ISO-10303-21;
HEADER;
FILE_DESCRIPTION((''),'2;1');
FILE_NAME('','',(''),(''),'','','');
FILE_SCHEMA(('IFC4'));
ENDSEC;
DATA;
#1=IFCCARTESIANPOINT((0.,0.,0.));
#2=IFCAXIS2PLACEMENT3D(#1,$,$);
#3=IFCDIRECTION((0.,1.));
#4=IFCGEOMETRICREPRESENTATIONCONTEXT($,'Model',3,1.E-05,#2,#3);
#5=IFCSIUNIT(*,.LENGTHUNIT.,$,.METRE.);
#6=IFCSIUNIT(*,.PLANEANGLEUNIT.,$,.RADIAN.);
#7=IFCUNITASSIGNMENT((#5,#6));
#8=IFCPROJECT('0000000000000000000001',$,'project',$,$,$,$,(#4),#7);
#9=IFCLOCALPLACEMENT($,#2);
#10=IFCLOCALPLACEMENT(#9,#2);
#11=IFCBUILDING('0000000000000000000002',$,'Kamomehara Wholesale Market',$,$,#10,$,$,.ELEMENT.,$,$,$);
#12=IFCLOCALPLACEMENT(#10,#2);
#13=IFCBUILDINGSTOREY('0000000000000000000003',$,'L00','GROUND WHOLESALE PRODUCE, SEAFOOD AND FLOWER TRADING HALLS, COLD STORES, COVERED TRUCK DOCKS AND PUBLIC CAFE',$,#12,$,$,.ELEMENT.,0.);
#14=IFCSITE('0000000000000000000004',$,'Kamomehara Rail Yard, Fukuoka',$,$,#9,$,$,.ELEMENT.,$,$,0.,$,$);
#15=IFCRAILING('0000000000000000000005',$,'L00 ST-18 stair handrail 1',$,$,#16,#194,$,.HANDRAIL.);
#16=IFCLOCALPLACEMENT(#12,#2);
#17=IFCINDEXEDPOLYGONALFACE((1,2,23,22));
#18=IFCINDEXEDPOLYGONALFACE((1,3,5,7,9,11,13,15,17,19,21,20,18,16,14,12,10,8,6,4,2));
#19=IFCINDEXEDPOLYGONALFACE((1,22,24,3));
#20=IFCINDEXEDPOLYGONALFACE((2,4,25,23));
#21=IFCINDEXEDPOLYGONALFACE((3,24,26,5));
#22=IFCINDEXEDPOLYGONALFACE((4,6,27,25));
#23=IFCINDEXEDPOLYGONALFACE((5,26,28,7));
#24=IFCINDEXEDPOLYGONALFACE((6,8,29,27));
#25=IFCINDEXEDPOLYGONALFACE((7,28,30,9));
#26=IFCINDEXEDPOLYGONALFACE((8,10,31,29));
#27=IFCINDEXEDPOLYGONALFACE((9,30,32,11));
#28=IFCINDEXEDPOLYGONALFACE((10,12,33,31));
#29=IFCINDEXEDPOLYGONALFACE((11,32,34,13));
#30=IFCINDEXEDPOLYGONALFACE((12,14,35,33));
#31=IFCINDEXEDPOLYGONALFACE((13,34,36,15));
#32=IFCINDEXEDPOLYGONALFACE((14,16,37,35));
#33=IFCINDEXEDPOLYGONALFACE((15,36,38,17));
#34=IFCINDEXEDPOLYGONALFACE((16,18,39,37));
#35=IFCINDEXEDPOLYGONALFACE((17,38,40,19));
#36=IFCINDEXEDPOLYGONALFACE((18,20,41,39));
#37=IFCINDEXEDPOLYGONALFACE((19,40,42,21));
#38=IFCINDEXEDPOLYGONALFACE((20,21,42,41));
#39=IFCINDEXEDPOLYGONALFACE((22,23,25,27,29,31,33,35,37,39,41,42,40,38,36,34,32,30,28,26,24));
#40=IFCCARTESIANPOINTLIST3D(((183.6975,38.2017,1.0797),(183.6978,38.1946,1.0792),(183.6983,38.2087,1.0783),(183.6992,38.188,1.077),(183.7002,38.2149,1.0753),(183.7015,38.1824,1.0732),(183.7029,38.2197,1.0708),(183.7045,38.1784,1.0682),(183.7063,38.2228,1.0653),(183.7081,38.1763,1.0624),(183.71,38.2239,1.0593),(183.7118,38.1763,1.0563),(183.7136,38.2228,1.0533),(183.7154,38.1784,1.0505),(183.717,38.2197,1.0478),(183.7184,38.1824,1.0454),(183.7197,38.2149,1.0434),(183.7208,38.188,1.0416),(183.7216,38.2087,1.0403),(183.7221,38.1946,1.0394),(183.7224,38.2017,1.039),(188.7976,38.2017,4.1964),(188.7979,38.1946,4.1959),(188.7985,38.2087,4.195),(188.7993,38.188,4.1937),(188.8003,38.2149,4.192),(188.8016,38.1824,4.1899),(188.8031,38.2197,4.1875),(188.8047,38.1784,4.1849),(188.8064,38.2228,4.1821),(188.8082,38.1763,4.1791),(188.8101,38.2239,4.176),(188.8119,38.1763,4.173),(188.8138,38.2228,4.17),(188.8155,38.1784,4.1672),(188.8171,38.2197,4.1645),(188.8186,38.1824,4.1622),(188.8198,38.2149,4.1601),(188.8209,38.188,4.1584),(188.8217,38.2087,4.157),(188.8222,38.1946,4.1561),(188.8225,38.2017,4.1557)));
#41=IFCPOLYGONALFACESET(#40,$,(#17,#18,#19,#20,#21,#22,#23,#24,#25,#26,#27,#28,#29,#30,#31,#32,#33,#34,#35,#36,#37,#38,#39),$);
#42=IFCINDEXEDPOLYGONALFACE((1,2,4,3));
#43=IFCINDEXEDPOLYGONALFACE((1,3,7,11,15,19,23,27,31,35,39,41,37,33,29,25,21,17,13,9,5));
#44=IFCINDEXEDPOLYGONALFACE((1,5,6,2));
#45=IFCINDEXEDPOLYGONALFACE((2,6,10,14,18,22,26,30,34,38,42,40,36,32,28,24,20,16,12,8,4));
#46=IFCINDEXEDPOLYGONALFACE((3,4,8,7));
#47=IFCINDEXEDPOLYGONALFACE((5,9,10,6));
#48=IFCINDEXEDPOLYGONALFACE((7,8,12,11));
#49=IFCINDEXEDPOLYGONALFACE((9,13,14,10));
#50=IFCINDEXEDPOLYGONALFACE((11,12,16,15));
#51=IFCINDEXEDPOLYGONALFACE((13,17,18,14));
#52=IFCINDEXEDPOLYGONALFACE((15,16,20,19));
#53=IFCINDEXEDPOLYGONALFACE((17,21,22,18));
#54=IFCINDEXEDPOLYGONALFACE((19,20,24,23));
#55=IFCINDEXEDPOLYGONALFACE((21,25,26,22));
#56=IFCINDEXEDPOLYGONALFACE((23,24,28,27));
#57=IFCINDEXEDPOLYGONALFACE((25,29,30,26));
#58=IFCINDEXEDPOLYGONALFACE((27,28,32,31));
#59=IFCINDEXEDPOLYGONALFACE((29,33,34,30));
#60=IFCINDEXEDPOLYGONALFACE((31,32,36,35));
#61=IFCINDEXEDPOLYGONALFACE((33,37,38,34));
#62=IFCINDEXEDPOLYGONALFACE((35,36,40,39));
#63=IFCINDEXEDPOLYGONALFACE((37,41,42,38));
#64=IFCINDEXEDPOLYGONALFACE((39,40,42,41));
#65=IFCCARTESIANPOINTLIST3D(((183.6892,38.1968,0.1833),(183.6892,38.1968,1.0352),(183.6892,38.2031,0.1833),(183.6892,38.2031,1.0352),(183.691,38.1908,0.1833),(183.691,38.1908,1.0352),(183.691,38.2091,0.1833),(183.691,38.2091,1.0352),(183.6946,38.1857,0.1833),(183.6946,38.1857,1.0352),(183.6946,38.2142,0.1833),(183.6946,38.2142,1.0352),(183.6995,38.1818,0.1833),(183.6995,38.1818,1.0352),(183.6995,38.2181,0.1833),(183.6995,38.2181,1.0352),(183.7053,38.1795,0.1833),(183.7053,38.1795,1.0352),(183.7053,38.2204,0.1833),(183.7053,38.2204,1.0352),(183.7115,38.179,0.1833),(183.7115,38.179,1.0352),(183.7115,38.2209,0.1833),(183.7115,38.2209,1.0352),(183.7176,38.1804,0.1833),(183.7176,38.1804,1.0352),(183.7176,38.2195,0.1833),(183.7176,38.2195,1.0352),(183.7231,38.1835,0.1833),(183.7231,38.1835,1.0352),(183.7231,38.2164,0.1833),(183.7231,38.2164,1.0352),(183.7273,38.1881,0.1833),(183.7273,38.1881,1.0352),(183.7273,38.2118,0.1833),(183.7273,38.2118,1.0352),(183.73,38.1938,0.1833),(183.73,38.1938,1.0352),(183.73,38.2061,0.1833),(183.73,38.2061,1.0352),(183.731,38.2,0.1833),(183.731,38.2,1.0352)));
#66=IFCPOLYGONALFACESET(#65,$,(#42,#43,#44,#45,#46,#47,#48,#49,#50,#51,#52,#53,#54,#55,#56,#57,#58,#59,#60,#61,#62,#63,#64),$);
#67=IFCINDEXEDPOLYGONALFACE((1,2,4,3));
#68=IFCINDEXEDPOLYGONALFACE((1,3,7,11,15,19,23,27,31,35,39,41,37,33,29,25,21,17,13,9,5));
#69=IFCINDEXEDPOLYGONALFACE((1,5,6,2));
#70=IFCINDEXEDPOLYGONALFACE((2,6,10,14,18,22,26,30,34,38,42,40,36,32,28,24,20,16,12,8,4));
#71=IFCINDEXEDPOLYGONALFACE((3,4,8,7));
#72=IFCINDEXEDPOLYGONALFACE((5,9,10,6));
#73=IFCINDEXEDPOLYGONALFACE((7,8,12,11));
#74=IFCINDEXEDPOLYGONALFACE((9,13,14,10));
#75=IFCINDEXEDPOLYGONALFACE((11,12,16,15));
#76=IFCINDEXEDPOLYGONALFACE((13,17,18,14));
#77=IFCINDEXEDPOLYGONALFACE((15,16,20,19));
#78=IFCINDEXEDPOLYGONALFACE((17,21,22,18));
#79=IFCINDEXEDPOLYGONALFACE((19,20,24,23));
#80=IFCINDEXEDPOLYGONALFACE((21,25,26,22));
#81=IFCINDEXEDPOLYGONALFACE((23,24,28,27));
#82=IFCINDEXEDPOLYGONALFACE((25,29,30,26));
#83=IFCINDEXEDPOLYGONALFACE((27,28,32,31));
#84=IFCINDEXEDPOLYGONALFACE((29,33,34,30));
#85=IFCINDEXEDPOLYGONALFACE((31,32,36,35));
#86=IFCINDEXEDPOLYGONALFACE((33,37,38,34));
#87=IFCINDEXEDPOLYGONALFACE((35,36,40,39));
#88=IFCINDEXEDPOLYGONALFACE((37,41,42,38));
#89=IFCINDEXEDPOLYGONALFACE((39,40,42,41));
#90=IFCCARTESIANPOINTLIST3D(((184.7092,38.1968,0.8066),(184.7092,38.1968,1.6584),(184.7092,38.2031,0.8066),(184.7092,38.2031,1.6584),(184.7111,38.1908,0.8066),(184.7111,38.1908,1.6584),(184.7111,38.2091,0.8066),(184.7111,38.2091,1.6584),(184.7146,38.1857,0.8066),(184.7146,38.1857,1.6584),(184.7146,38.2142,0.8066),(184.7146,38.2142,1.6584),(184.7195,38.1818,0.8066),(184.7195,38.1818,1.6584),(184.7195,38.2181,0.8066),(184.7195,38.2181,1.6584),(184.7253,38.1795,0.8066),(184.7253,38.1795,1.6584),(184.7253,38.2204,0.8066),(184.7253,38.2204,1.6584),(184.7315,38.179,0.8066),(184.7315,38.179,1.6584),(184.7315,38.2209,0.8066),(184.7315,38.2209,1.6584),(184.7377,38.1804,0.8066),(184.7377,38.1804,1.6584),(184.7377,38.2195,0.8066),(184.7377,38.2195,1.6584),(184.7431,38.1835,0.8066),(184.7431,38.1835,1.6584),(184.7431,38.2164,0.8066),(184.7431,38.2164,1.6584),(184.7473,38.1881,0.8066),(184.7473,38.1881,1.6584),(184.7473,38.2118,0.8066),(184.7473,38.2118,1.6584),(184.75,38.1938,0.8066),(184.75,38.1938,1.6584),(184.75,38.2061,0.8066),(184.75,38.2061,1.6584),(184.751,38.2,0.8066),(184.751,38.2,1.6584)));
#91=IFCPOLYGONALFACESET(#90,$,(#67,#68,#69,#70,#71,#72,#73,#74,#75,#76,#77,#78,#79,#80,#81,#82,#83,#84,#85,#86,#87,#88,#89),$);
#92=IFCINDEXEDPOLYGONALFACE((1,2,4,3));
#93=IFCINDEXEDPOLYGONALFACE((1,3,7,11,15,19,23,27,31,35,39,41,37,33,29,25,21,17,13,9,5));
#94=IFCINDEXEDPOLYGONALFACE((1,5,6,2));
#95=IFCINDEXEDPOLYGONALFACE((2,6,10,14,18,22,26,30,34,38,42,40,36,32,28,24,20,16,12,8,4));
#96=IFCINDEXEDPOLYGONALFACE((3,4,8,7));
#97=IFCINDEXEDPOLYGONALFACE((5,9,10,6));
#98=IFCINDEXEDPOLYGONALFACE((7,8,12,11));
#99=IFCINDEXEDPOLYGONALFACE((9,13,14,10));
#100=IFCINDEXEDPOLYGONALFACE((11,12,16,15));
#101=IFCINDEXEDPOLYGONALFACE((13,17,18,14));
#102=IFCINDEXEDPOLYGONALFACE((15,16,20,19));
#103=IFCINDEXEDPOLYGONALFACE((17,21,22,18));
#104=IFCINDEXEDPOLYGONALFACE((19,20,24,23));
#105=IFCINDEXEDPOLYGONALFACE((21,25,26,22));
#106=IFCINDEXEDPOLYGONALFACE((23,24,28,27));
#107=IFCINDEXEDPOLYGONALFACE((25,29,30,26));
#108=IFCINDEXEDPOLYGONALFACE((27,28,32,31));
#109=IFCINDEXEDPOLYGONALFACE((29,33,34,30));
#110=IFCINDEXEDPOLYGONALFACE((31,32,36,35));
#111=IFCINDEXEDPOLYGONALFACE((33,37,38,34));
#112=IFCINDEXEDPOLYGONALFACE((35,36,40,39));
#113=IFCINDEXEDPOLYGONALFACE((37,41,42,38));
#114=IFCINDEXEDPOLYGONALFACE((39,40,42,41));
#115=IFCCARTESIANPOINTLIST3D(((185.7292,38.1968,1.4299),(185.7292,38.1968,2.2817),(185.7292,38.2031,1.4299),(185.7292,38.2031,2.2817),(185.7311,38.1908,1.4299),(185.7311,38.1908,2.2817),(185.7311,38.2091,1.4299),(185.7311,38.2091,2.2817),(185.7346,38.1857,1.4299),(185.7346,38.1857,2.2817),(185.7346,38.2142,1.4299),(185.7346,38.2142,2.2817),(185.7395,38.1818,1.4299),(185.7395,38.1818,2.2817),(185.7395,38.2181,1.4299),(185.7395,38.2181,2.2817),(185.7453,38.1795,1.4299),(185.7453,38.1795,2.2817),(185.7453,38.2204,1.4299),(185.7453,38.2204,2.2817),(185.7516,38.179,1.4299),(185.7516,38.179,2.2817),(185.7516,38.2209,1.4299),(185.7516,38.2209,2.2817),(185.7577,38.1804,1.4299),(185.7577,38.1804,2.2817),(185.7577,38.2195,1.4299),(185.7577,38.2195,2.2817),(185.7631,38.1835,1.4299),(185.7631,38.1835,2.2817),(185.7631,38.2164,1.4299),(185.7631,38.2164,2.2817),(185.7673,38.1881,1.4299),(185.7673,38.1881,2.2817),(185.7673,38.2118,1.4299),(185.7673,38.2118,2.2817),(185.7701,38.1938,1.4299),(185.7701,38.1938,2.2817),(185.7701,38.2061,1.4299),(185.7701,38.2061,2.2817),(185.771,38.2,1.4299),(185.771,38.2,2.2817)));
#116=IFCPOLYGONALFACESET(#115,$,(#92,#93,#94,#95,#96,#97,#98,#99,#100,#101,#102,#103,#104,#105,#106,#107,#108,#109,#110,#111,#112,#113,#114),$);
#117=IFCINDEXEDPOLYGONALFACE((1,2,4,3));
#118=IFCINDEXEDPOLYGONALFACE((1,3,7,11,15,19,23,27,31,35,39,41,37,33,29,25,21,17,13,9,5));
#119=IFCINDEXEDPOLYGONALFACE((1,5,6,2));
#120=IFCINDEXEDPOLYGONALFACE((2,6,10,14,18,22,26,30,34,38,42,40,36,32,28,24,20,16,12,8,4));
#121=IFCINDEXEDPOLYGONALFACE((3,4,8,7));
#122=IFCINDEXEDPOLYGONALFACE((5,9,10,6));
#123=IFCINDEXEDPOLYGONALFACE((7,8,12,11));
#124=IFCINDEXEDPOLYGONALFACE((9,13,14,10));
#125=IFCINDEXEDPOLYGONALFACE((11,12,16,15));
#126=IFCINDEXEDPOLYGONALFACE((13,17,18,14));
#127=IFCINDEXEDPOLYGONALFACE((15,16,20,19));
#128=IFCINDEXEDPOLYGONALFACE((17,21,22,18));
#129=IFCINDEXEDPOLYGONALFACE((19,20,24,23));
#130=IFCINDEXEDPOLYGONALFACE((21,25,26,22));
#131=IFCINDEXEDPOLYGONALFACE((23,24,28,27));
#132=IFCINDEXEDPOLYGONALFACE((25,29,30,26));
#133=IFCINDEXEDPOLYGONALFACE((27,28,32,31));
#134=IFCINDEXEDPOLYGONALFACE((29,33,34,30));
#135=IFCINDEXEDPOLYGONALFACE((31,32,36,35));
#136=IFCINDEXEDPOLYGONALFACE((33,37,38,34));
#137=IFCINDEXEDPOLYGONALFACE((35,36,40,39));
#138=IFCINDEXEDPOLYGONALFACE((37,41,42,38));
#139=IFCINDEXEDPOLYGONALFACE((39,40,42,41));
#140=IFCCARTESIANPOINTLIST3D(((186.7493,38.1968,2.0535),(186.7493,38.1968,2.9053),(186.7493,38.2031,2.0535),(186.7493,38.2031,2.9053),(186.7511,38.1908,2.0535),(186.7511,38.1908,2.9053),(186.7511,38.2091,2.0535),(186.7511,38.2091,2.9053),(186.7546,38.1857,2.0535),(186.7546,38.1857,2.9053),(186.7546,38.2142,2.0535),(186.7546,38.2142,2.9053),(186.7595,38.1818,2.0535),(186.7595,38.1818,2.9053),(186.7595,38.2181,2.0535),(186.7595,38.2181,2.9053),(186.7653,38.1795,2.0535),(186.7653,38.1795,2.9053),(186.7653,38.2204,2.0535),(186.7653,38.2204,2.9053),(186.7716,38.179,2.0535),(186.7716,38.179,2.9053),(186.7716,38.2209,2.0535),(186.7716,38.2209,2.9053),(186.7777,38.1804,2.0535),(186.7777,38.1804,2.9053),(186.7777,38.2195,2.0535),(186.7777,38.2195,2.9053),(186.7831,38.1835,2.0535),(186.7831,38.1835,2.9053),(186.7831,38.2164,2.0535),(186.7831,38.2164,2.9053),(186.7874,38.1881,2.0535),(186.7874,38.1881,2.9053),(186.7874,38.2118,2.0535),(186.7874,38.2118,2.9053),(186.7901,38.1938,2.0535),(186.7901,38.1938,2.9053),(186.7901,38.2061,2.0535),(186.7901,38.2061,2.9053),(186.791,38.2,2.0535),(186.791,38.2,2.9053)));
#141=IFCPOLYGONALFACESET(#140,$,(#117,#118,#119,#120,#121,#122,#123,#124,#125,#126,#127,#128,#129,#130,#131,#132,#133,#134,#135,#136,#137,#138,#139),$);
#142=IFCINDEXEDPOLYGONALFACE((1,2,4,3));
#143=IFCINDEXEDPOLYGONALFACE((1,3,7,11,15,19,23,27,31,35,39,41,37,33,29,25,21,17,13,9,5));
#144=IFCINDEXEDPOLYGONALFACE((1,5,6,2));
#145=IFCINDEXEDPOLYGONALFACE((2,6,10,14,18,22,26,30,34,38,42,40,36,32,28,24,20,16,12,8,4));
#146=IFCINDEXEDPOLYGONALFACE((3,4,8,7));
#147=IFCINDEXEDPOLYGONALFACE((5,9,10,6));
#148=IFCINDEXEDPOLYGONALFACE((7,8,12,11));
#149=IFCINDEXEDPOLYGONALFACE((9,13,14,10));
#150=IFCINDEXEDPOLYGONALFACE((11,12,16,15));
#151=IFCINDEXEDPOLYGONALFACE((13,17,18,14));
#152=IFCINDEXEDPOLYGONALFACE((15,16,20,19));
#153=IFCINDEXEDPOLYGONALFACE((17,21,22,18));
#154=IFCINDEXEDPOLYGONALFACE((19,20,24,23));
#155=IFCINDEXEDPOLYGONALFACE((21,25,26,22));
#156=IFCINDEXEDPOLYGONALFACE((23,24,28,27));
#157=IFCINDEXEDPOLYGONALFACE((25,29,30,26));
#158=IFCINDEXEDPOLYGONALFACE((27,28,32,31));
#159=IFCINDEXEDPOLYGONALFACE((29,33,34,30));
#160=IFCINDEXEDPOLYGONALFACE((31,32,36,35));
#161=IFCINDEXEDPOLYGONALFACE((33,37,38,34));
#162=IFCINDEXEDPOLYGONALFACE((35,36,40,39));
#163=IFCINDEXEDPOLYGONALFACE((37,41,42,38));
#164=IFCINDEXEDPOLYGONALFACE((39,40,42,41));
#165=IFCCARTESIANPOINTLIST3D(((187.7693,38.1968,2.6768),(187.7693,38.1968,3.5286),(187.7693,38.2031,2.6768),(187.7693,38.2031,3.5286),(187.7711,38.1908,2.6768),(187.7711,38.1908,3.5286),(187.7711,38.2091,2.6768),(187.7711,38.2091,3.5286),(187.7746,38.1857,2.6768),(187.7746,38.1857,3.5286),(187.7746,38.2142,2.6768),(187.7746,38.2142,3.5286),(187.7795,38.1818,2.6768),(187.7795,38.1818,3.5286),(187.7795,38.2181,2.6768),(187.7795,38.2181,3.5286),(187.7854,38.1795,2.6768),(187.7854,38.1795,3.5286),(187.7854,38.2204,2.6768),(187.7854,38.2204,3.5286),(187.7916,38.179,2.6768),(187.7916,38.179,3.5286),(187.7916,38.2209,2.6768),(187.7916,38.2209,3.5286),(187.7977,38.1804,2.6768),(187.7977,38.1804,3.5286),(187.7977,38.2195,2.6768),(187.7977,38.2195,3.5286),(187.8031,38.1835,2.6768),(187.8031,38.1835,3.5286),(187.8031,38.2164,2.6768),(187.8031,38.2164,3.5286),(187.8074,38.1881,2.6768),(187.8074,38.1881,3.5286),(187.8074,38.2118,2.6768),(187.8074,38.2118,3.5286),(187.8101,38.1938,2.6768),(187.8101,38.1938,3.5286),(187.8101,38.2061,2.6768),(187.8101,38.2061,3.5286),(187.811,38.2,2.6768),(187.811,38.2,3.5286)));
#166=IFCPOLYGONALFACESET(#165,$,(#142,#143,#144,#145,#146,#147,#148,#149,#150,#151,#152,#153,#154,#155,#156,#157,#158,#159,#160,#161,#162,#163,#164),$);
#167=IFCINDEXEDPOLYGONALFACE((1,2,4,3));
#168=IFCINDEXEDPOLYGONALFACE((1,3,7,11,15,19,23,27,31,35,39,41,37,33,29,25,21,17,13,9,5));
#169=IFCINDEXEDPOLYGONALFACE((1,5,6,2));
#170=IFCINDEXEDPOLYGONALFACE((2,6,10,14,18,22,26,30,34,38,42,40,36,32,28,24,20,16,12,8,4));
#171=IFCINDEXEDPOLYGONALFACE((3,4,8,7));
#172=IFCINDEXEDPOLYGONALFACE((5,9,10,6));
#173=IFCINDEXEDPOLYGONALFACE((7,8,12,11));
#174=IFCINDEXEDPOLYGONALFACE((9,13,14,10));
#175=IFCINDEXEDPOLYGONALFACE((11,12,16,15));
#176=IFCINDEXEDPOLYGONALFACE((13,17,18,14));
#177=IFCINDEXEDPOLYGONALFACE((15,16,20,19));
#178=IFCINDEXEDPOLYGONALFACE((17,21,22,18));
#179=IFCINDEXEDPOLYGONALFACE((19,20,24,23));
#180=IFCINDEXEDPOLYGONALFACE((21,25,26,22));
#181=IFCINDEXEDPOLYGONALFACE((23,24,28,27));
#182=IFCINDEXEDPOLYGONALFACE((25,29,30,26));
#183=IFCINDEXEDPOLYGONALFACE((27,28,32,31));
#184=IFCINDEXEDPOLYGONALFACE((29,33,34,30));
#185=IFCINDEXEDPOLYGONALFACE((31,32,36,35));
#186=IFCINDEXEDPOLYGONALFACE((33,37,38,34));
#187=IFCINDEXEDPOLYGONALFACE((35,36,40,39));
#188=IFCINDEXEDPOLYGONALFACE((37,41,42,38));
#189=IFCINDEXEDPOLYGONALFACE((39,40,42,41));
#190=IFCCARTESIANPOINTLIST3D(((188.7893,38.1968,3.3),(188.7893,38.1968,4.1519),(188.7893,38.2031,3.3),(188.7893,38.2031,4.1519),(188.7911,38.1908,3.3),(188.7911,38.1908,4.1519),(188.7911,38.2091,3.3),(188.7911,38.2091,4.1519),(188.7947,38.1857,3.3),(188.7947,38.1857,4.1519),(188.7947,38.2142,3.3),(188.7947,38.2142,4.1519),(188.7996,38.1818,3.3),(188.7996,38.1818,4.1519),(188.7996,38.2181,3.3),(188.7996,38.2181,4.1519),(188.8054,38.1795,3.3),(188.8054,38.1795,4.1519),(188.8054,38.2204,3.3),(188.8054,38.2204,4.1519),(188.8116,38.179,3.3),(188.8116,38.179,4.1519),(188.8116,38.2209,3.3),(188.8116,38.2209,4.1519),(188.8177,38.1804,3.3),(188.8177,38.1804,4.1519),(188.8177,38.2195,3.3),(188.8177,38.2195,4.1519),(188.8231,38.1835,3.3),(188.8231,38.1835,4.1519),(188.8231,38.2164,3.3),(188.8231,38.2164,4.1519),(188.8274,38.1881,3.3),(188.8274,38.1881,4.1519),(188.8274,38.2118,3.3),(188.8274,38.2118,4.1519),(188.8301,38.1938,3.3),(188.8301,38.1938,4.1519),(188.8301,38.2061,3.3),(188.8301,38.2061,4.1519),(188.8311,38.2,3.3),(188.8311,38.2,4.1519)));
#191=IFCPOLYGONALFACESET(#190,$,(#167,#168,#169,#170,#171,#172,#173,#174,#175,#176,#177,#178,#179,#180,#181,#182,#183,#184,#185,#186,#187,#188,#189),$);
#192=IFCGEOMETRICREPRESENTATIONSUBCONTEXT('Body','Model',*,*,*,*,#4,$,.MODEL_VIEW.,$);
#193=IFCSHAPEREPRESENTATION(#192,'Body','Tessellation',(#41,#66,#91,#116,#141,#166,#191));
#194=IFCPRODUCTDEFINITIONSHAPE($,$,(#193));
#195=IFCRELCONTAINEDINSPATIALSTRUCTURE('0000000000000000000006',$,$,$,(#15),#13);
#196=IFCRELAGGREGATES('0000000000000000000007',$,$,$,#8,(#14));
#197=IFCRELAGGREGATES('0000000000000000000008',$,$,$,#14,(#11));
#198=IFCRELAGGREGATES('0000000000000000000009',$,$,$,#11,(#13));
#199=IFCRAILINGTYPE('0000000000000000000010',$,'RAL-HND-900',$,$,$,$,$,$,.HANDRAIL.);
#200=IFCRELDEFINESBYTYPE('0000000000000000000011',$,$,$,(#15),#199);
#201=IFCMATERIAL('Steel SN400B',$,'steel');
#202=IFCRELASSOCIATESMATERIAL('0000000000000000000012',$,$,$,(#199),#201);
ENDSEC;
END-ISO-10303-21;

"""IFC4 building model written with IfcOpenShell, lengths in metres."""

from ifc_helpers import new_model, si_unit, direction, frame, origin, origin_2d, place, context, subcontext, project, spatial, circle, extrude, material, type_object, element, save


model = new_model("IFC4")

# Units and contexts
model_context = context("Model", 3, precision=1e-05, world=origin(), true_north=direction((0.0, 1.0)))
body_context = subcontext(model_context, "Body", "Model", "MODEL_VIEW")
ifc_project = project(units=[si_unit("LENGTHUNIT", "METRE"), si_unit("PLANEANGLEUNIT", "RADIAN")], contexts=[model_context])

# Site, building, storey
site_placement = place(None, origin())
site = spatial("IfcSite", under=ifc_project, at=site_placement, Name="Kamomehara Rail Yard, Fukuoka", CompositionType="ELEMENT", RefElevation=0.0)
building_placement = place(site_placement, origin())
building = spatial("IfcBuilding", under=site, at=building_placement, Name="Kamomehara Wholesale Market", CompositionType="ELEMENT")
storey_placement = place(building_placement, origin())
storey = spatial("IfcBuildingStorey", under=building, at=storey_placement, Name="L00", Description="GROUND WHOLESALE PRODUCE, SEAFOOD AND FLOWER TRADING HALLS, COLD STORES, COVERED TRUCK DOCKS AND PUBLIC CAFE", CompositionType="ELEMENT", Elevation=0.0)

# Railing
ifc_material_1 = material(Name="Steel SN400B", Category="steel")
railing_type_1 = type_object("IfcRailingType", Name="RAL-HND-900", PredefinedType="HANDRAIL", material=ifc_material_1)
railing_1_placement = place(storey_placement, frame((183.71, 38.2, 0.1833)))
element("IfcRailing", 1, at=railing_1_placement, inside=storey, type_object=railing_type_1, Name="L00 ST-18 stair handrail 1", PredefinedType="HANDRAIL", context=body_context, shape_type="SweptSolid", body=[
    extrude(circle(Radius=0.0239, at=origin_2d()), frame((0.0, 0.0, 0.876), z_axis=(0.853284, 0.0, 0.521447), x_axis=(0.0, 1.0, 0.0)), (0.0, 0.0, 1.0), 5.9771),
    extrude(circle(Radius=0.021, at=origin_2d()), origin(), (0.0, 0.0, 1.0), 0.8518),
    extrude(circle(Radius=0.021, at=origin_2d()), frame((1.02, 0.0, 0.6233)), (0.0, 0.0, 1.0), 0.8518),
    extrude(circle(Radius=0.021, at=origin_2d()), frame((2.04, 0.0, 1.2466)), (0.0, 0.0, 1.0), 0.8518),
    extrude(circle(Radius=0.021, at=origin_2d()), frame((3.0601, 0.0, 1.8701)), (0.0, 0.0, 1.0), 0.8518),
    extrude(circle(Radius=0.021, at=origin_2d()), frame((4.0801, 0.0, 2.4934)), (0.0, 0.0, 1.0), 0.8518),
    extrude(circle(Radius=0.021, at=origin_2d()), frame((5.1001, 0.0, 3.1167)), (0.0, 0.0, 1.0), 0.8518),
])

save(model, "model.ifc")
